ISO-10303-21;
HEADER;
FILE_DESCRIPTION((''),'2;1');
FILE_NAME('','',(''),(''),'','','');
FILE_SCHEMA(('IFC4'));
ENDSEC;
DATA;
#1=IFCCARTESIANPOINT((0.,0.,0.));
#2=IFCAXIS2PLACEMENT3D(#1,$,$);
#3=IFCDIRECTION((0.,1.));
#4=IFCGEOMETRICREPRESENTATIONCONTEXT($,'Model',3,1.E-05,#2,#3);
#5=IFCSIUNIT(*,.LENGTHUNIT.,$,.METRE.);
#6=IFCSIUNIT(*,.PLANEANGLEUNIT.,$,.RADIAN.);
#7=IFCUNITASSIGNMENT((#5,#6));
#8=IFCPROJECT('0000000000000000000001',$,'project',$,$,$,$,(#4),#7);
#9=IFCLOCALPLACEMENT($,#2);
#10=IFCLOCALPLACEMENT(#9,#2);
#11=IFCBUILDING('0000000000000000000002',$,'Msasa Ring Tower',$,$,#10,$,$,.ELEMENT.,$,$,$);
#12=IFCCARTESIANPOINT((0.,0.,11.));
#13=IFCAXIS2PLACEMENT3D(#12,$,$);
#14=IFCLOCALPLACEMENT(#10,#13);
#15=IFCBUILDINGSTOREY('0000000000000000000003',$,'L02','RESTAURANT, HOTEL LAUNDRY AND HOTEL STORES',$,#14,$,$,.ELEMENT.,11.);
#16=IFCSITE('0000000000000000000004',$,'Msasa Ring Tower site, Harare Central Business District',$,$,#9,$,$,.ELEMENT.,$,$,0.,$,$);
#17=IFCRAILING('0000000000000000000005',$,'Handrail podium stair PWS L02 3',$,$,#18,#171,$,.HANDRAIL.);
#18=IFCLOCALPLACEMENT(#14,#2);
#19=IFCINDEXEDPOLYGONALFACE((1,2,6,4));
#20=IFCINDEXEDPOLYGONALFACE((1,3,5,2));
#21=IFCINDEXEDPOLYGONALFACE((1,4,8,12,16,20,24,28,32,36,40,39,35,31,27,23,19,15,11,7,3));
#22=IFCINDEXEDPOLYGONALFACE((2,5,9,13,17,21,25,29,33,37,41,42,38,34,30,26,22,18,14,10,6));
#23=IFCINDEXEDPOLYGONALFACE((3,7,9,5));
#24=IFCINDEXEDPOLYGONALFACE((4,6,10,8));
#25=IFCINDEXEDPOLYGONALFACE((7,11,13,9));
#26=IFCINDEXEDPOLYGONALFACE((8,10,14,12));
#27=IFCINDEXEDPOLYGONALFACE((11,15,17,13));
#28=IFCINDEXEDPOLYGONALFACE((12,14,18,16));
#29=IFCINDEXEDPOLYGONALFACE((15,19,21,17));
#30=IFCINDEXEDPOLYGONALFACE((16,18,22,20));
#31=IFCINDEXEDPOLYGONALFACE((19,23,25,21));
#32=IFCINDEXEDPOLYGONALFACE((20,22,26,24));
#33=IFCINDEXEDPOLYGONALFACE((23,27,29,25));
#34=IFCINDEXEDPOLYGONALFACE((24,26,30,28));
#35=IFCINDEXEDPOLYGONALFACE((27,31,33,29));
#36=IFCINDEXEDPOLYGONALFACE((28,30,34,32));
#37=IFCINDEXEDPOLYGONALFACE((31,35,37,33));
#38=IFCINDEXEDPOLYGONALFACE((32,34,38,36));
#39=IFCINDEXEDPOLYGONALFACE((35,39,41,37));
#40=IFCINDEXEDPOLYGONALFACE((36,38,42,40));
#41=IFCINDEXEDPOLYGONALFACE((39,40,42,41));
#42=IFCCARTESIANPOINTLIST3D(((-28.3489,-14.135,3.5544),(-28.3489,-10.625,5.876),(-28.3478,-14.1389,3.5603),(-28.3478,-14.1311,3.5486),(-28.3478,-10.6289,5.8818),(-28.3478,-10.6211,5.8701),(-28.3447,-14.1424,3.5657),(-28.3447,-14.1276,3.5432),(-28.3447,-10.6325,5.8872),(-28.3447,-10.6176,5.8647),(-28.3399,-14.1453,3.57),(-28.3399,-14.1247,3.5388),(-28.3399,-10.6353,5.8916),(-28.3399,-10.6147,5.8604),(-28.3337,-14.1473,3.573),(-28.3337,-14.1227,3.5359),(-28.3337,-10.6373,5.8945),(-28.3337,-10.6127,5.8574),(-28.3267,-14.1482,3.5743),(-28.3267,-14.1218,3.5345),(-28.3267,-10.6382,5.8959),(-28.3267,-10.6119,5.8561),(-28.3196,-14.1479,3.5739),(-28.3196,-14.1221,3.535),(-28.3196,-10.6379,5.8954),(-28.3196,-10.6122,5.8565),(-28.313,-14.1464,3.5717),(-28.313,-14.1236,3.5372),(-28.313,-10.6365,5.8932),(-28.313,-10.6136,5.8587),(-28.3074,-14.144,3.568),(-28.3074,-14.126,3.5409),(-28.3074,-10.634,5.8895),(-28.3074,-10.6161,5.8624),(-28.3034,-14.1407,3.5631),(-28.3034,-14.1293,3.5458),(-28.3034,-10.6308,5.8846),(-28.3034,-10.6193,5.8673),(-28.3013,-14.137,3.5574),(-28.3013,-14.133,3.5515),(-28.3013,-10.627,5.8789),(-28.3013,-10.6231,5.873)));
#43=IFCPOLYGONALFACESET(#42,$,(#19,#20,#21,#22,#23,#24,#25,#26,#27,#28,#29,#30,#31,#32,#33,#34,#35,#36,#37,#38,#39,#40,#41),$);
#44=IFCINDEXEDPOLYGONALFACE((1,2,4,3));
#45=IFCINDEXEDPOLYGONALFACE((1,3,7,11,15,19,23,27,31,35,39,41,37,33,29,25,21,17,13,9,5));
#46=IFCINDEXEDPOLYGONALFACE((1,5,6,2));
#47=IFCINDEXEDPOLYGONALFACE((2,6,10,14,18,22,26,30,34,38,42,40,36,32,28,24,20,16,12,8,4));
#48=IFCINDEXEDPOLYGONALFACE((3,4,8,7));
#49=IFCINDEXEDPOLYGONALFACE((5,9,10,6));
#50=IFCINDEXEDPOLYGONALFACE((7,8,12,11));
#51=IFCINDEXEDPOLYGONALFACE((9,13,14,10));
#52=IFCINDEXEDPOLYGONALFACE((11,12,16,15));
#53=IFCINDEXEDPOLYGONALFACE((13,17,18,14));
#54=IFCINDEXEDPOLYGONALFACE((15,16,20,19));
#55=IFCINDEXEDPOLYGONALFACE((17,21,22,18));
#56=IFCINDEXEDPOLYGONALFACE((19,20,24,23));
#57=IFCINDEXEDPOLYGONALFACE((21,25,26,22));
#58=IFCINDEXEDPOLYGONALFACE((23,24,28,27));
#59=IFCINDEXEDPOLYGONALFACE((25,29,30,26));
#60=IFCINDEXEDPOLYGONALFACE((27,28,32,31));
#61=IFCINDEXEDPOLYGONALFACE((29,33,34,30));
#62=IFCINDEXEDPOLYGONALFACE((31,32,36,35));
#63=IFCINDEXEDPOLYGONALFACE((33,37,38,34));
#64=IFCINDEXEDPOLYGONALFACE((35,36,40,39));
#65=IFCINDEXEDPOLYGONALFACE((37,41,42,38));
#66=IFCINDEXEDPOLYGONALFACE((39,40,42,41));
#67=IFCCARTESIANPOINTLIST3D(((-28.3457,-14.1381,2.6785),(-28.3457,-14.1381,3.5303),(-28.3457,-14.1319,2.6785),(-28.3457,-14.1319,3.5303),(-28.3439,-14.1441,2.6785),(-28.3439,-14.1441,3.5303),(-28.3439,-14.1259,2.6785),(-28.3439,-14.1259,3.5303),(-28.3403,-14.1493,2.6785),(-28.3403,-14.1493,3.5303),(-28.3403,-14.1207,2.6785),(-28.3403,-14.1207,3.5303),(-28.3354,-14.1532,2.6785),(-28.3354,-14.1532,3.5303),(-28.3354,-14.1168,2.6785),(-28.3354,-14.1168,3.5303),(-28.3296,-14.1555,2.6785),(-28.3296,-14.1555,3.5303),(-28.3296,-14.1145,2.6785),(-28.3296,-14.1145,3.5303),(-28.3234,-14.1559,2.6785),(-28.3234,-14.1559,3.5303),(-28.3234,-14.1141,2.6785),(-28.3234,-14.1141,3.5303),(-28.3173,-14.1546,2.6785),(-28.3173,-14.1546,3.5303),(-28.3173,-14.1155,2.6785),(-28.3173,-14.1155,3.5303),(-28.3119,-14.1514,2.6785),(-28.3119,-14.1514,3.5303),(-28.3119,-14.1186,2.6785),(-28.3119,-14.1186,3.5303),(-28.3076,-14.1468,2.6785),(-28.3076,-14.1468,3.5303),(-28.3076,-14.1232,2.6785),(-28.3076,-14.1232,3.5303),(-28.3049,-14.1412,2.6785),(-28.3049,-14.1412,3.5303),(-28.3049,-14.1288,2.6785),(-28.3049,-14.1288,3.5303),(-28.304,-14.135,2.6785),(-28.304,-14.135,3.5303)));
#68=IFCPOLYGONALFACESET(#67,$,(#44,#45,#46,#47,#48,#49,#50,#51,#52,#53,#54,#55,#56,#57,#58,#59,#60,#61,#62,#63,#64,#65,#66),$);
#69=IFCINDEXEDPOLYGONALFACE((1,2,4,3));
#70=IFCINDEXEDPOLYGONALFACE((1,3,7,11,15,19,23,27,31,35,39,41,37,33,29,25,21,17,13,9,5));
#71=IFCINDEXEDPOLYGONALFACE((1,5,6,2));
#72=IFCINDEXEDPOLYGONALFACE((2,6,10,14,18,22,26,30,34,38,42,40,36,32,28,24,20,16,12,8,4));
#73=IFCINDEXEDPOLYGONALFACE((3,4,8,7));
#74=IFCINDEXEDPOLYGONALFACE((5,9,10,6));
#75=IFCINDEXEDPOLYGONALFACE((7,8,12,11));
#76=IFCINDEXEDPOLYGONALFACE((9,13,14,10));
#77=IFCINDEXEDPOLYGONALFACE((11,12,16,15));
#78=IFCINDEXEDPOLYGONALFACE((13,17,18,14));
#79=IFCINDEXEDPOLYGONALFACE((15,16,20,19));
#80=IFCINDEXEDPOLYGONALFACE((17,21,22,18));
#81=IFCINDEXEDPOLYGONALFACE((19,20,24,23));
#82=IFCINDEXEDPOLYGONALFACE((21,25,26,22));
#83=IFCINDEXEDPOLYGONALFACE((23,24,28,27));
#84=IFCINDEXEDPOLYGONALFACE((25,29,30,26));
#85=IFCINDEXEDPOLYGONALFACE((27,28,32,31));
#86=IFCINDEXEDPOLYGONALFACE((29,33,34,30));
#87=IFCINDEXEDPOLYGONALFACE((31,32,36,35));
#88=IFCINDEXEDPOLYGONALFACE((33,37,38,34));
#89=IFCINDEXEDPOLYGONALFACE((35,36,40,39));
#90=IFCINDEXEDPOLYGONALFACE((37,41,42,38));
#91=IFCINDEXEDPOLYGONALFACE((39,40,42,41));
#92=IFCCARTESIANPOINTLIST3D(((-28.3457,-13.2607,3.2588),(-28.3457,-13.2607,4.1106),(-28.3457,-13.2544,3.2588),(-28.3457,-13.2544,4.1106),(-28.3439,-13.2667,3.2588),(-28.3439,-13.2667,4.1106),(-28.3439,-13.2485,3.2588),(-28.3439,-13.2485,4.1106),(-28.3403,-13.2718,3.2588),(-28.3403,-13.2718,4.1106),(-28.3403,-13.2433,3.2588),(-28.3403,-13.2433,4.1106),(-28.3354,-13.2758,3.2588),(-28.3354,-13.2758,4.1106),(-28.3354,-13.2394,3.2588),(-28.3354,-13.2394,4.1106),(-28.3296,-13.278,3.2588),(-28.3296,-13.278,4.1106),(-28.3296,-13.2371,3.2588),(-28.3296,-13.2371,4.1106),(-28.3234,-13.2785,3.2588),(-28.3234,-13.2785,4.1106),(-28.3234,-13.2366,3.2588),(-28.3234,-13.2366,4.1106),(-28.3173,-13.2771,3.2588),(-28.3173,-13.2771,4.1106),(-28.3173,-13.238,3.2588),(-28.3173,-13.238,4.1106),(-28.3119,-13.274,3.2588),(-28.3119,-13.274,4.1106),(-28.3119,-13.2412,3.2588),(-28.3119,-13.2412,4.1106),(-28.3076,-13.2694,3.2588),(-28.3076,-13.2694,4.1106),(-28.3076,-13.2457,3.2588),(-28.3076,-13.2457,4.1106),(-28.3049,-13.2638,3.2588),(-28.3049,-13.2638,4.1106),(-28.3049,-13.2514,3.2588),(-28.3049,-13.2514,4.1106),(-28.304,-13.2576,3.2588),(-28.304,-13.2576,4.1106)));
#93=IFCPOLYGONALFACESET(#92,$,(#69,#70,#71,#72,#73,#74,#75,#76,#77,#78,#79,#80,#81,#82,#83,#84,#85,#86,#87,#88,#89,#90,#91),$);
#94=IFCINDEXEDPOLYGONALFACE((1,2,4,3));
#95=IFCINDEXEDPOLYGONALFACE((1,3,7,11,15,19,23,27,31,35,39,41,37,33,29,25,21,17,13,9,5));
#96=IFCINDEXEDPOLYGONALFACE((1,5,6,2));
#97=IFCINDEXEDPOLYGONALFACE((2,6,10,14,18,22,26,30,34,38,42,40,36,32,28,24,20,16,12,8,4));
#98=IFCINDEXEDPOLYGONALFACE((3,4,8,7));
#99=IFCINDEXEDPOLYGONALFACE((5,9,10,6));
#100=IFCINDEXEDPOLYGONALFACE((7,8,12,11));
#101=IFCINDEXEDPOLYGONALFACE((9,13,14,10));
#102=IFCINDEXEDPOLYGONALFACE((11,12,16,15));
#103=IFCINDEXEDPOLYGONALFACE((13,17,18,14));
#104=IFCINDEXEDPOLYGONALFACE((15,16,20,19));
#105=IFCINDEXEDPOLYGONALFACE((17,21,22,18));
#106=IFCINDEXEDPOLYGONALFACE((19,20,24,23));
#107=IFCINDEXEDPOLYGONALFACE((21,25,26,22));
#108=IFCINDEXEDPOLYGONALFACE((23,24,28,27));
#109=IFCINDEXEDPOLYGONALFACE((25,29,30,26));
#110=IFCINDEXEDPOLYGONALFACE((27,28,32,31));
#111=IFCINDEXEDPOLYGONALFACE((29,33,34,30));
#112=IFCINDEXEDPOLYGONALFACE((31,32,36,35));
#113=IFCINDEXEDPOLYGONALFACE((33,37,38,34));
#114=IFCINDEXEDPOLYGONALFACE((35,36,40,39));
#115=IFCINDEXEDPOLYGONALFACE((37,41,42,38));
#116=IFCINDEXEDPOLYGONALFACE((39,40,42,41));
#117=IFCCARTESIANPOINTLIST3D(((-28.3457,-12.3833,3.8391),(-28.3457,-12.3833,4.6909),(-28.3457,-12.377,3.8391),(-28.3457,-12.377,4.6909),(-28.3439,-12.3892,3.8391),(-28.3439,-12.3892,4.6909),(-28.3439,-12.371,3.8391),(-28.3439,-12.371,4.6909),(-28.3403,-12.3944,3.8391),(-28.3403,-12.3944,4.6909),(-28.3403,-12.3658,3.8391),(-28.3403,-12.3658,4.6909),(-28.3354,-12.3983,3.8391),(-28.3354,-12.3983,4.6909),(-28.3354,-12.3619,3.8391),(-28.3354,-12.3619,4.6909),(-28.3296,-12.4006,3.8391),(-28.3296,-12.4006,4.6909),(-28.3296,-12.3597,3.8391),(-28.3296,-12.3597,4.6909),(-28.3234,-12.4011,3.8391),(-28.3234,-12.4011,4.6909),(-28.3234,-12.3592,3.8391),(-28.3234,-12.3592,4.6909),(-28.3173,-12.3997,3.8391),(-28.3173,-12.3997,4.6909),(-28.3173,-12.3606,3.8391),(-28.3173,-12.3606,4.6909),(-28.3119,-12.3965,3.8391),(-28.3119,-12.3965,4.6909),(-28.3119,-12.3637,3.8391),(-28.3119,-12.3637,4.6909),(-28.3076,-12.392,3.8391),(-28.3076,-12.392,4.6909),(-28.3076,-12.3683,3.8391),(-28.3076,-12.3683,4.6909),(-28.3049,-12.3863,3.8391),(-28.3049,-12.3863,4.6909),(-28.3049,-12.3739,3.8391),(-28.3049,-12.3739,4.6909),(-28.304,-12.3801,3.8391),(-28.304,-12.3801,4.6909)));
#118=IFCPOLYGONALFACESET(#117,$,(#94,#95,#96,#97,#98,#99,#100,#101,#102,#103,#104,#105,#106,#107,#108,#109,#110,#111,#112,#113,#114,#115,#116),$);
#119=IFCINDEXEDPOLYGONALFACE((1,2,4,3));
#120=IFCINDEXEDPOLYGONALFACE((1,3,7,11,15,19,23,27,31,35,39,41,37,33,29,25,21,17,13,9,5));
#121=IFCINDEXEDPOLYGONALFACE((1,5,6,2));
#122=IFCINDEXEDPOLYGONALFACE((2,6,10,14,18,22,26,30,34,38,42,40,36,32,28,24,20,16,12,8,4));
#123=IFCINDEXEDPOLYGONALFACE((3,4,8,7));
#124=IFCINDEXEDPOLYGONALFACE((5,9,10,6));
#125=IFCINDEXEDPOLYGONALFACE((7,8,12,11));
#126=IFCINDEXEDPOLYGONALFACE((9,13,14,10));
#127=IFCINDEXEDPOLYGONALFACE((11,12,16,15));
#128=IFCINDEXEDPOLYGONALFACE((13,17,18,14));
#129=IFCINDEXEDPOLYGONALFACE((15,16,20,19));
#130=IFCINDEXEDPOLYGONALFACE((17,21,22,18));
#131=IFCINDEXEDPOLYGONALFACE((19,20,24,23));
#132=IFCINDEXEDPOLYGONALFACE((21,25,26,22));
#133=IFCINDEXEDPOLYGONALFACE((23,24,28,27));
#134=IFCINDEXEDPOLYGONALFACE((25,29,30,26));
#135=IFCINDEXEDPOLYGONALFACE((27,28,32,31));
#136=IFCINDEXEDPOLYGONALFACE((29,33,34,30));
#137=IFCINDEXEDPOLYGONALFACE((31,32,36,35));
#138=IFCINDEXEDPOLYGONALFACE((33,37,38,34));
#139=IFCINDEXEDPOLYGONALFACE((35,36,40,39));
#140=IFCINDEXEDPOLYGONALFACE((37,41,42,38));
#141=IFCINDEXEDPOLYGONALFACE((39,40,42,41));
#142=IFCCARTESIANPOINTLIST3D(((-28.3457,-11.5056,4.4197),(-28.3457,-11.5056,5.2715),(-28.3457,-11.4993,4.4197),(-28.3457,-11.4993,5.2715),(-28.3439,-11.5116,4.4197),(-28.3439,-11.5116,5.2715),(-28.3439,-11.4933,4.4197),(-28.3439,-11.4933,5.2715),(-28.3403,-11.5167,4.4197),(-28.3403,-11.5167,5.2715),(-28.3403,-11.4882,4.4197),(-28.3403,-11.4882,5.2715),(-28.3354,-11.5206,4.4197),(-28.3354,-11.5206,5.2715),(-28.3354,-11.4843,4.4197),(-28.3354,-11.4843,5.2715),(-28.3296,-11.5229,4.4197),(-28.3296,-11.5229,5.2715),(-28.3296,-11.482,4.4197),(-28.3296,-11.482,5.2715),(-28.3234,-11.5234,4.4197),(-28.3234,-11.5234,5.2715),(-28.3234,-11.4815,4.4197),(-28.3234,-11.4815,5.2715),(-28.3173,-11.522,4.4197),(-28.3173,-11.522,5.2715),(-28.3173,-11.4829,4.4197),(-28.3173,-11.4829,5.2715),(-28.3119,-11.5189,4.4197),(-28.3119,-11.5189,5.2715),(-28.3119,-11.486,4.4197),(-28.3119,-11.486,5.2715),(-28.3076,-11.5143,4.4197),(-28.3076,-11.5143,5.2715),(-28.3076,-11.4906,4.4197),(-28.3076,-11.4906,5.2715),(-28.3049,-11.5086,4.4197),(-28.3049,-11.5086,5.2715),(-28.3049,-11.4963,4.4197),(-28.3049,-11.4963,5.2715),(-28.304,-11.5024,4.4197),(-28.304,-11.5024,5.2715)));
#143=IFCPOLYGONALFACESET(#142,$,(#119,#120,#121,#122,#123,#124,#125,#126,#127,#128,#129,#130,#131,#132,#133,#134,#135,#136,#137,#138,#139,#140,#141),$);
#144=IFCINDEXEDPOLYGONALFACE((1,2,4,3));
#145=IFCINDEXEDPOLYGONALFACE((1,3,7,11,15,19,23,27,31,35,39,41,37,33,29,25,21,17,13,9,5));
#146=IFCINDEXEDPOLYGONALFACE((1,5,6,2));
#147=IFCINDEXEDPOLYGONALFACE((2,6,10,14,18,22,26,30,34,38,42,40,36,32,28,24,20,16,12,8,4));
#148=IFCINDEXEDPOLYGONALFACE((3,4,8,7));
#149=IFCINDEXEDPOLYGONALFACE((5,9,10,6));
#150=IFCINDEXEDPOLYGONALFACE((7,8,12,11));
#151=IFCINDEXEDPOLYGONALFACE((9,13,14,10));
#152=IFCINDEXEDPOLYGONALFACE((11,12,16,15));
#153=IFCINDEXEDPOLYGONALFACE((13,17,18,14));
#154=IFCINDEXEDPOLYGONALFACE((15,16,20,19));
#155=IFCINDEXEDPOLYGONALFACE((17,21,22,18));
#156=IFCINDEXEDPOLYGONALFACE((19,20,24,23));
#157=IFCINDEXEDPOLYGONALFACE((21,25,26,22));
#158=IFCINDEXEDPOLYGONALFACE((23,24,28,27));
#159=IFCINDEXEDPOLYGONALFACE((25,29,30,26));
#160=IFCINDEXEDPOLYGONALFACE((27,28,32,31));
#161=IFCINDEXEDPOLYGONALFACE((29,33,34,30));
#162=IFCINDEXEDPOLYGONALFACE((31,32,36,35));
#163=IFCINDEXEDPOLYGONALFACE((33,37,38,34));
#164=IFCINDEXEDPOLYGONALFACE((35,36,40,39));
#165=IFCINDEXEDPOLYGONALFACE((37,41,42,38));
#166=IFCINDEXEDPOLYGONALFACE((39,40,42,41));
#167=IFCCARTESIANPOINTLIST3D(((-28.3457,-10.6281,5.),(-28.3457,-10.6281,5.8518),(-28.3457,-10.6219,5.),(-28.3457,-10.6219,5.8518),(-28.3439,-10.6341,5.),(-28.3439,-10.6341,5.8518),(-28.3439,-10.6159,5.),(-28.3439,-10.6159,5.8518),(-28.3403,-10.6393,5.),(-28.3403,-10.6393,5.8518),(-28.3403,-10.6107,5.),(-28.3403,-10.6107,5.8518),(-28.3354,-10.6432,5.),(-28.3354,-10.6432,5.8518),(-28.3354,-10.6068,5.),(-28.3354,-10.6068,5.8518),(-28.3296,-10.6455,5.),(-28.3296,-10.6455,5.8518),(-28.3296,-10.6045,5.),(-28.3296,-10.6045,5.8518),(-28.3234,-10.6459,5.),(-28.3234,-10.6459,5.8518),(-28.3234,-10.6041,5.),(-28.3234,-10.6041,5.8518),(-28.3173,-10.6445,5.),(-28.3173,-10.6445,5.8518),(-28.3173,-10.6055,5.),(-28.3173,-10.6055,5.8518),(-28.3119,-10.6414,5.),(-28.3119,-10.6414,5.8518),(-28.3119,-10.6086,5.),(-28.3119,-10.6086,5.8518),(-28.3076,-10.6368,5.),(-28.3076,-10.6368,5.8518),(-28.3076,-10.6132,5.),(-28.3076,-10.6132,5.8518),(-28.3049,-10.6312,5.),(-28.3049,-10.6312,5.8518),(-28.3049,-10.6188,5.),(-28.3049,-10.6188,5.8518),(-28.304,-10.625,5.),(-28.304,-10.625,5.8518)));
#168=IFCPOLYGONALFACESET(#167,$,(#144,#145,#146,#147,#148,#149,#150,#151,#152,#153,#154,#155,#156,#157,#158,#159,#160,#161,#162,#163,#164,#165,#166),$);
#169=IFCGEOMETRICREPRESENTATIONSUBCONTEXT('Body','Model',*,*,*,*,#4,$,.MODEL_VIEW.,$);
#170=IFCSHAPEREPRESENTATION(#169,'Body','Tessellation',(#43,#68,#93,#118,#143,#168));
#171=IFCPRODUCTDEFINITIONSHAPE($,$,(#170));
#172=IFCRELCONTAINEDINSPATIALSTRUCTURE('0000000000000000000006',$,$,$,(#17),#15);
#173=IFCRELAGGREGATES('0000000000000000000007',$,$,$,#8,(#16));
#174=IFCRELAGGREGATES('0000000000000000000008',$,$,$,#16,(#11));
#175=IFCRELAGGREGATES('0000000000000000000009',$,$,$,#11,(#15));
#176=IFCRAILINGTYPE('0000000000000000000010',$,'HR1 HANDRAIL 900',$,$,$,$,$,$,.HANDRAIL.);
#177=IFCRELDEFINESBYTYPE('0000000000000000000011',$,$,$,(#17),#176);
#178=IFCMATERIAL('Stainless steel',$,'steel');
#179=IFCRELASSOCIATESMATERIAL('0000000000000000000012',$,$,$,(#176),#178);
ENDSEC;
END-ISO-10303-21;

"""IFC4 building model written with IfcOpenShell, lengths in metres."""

from ifc_helpers import new_model, si_unit, direction, frame, origin, origin_2d, place, context, subcontext, project, spatial, circle, extrude, material, type_object, element, save


model = new_model("IFC4")

# Units and contexts
model_context = context("Model", 3, precision=1e-05, world=origin(), true_north=direction((0.0, 1.0)))
body_context = subcontext(model_context, "Body", "Model", "MODEL_VIEW")
ifc_project = project(units=[si_unit("LENGTHUNIT", "METRE"), si_unit("PLANEANGLEUNIT", "RADIAN")], contexts=[model_context])

# Site, building, storey
site_placement = place(None, origin())
site = spatial("IfcSite", under=ifc_project, at=site_placement, Name="Msasa Ring Tower site, Harare Central Business District", CompositionType="ELEMENT", RefElevation=0.0)
building_placement = place(site_placement, origin())
building = spatial("IfcBuilding", under=site, at=building_placement, Name="Msasa Ring Tower", CompositionType="ELEMENT")
storey_placement = place(building_placement, frame((0.0, 0.0, 11.0)))
storey = spatial("IfcBuildingStorey", under=building, at=storey_placement, Name="L02", Description="RESTAURANT, HOTEL LAUNDRY AND HOTEL STORES", CompositionType="ELEMENT", Elevation=11.0)

# Railing
ifc_material_1 = material(Name="Stainless steel", Category="steel")
railing_type = type_object("IfcRailingType", Name="HR1 HANDRAIL 900", PredefinedType="HANDRAIL", material=ifc_material_1)
for number, where, name in (
    (1, (-28.325, -14.135, 2.6785), "Handrail podium stair PWS L02 3"),
):
    element("IfcRailing", number, at=place(storey_placement, frame(where)), inside=storey, type_object=railing_type, Name=name, PredefinedType="HANDRAIL", context=body_context, shape_type="SweptSolid", body=[
        extrude(circle(Radius=0.0239, at=origin_2d()), frame((0.0, 0.0, 0.876), z_axis=(0.0, 0.834071, 0.551657), x_axis=(-1.0, 0.0, 0.0)), (0.0, 0.0, 1.0), 4.2083),
        extrude(circle(Radius=0.021, at=origin_2d()), origin(), (0.0, 0.0, 1.0), 0.8518),
        extrude(circle(Radius=0.021, at=origin_2d()), frame((0.0, 0.8774, 0.5803)), (0.0, 0.0, 1.0), 0.8518),
        extrude(circle(Radius=0.021, at=origin_2d()), frame((0.0, 1.7549, 1.1606)), (0.0, 0.0, 1.0), 0.8518),
        extrude(circle(Radius=0.021, at=origin_2d()), frame((0.0, 2.6326, 1.7412)), (0.0, 0.0, 1.0), 0.8518),
        extrude(circle(Radius=0.021, at=origin_2d()), frame((0.0, 3.51, 2.3215)), (0.0, 0.0, 1.0), 0.8518),
    ])

save(model, "model.ifc")
